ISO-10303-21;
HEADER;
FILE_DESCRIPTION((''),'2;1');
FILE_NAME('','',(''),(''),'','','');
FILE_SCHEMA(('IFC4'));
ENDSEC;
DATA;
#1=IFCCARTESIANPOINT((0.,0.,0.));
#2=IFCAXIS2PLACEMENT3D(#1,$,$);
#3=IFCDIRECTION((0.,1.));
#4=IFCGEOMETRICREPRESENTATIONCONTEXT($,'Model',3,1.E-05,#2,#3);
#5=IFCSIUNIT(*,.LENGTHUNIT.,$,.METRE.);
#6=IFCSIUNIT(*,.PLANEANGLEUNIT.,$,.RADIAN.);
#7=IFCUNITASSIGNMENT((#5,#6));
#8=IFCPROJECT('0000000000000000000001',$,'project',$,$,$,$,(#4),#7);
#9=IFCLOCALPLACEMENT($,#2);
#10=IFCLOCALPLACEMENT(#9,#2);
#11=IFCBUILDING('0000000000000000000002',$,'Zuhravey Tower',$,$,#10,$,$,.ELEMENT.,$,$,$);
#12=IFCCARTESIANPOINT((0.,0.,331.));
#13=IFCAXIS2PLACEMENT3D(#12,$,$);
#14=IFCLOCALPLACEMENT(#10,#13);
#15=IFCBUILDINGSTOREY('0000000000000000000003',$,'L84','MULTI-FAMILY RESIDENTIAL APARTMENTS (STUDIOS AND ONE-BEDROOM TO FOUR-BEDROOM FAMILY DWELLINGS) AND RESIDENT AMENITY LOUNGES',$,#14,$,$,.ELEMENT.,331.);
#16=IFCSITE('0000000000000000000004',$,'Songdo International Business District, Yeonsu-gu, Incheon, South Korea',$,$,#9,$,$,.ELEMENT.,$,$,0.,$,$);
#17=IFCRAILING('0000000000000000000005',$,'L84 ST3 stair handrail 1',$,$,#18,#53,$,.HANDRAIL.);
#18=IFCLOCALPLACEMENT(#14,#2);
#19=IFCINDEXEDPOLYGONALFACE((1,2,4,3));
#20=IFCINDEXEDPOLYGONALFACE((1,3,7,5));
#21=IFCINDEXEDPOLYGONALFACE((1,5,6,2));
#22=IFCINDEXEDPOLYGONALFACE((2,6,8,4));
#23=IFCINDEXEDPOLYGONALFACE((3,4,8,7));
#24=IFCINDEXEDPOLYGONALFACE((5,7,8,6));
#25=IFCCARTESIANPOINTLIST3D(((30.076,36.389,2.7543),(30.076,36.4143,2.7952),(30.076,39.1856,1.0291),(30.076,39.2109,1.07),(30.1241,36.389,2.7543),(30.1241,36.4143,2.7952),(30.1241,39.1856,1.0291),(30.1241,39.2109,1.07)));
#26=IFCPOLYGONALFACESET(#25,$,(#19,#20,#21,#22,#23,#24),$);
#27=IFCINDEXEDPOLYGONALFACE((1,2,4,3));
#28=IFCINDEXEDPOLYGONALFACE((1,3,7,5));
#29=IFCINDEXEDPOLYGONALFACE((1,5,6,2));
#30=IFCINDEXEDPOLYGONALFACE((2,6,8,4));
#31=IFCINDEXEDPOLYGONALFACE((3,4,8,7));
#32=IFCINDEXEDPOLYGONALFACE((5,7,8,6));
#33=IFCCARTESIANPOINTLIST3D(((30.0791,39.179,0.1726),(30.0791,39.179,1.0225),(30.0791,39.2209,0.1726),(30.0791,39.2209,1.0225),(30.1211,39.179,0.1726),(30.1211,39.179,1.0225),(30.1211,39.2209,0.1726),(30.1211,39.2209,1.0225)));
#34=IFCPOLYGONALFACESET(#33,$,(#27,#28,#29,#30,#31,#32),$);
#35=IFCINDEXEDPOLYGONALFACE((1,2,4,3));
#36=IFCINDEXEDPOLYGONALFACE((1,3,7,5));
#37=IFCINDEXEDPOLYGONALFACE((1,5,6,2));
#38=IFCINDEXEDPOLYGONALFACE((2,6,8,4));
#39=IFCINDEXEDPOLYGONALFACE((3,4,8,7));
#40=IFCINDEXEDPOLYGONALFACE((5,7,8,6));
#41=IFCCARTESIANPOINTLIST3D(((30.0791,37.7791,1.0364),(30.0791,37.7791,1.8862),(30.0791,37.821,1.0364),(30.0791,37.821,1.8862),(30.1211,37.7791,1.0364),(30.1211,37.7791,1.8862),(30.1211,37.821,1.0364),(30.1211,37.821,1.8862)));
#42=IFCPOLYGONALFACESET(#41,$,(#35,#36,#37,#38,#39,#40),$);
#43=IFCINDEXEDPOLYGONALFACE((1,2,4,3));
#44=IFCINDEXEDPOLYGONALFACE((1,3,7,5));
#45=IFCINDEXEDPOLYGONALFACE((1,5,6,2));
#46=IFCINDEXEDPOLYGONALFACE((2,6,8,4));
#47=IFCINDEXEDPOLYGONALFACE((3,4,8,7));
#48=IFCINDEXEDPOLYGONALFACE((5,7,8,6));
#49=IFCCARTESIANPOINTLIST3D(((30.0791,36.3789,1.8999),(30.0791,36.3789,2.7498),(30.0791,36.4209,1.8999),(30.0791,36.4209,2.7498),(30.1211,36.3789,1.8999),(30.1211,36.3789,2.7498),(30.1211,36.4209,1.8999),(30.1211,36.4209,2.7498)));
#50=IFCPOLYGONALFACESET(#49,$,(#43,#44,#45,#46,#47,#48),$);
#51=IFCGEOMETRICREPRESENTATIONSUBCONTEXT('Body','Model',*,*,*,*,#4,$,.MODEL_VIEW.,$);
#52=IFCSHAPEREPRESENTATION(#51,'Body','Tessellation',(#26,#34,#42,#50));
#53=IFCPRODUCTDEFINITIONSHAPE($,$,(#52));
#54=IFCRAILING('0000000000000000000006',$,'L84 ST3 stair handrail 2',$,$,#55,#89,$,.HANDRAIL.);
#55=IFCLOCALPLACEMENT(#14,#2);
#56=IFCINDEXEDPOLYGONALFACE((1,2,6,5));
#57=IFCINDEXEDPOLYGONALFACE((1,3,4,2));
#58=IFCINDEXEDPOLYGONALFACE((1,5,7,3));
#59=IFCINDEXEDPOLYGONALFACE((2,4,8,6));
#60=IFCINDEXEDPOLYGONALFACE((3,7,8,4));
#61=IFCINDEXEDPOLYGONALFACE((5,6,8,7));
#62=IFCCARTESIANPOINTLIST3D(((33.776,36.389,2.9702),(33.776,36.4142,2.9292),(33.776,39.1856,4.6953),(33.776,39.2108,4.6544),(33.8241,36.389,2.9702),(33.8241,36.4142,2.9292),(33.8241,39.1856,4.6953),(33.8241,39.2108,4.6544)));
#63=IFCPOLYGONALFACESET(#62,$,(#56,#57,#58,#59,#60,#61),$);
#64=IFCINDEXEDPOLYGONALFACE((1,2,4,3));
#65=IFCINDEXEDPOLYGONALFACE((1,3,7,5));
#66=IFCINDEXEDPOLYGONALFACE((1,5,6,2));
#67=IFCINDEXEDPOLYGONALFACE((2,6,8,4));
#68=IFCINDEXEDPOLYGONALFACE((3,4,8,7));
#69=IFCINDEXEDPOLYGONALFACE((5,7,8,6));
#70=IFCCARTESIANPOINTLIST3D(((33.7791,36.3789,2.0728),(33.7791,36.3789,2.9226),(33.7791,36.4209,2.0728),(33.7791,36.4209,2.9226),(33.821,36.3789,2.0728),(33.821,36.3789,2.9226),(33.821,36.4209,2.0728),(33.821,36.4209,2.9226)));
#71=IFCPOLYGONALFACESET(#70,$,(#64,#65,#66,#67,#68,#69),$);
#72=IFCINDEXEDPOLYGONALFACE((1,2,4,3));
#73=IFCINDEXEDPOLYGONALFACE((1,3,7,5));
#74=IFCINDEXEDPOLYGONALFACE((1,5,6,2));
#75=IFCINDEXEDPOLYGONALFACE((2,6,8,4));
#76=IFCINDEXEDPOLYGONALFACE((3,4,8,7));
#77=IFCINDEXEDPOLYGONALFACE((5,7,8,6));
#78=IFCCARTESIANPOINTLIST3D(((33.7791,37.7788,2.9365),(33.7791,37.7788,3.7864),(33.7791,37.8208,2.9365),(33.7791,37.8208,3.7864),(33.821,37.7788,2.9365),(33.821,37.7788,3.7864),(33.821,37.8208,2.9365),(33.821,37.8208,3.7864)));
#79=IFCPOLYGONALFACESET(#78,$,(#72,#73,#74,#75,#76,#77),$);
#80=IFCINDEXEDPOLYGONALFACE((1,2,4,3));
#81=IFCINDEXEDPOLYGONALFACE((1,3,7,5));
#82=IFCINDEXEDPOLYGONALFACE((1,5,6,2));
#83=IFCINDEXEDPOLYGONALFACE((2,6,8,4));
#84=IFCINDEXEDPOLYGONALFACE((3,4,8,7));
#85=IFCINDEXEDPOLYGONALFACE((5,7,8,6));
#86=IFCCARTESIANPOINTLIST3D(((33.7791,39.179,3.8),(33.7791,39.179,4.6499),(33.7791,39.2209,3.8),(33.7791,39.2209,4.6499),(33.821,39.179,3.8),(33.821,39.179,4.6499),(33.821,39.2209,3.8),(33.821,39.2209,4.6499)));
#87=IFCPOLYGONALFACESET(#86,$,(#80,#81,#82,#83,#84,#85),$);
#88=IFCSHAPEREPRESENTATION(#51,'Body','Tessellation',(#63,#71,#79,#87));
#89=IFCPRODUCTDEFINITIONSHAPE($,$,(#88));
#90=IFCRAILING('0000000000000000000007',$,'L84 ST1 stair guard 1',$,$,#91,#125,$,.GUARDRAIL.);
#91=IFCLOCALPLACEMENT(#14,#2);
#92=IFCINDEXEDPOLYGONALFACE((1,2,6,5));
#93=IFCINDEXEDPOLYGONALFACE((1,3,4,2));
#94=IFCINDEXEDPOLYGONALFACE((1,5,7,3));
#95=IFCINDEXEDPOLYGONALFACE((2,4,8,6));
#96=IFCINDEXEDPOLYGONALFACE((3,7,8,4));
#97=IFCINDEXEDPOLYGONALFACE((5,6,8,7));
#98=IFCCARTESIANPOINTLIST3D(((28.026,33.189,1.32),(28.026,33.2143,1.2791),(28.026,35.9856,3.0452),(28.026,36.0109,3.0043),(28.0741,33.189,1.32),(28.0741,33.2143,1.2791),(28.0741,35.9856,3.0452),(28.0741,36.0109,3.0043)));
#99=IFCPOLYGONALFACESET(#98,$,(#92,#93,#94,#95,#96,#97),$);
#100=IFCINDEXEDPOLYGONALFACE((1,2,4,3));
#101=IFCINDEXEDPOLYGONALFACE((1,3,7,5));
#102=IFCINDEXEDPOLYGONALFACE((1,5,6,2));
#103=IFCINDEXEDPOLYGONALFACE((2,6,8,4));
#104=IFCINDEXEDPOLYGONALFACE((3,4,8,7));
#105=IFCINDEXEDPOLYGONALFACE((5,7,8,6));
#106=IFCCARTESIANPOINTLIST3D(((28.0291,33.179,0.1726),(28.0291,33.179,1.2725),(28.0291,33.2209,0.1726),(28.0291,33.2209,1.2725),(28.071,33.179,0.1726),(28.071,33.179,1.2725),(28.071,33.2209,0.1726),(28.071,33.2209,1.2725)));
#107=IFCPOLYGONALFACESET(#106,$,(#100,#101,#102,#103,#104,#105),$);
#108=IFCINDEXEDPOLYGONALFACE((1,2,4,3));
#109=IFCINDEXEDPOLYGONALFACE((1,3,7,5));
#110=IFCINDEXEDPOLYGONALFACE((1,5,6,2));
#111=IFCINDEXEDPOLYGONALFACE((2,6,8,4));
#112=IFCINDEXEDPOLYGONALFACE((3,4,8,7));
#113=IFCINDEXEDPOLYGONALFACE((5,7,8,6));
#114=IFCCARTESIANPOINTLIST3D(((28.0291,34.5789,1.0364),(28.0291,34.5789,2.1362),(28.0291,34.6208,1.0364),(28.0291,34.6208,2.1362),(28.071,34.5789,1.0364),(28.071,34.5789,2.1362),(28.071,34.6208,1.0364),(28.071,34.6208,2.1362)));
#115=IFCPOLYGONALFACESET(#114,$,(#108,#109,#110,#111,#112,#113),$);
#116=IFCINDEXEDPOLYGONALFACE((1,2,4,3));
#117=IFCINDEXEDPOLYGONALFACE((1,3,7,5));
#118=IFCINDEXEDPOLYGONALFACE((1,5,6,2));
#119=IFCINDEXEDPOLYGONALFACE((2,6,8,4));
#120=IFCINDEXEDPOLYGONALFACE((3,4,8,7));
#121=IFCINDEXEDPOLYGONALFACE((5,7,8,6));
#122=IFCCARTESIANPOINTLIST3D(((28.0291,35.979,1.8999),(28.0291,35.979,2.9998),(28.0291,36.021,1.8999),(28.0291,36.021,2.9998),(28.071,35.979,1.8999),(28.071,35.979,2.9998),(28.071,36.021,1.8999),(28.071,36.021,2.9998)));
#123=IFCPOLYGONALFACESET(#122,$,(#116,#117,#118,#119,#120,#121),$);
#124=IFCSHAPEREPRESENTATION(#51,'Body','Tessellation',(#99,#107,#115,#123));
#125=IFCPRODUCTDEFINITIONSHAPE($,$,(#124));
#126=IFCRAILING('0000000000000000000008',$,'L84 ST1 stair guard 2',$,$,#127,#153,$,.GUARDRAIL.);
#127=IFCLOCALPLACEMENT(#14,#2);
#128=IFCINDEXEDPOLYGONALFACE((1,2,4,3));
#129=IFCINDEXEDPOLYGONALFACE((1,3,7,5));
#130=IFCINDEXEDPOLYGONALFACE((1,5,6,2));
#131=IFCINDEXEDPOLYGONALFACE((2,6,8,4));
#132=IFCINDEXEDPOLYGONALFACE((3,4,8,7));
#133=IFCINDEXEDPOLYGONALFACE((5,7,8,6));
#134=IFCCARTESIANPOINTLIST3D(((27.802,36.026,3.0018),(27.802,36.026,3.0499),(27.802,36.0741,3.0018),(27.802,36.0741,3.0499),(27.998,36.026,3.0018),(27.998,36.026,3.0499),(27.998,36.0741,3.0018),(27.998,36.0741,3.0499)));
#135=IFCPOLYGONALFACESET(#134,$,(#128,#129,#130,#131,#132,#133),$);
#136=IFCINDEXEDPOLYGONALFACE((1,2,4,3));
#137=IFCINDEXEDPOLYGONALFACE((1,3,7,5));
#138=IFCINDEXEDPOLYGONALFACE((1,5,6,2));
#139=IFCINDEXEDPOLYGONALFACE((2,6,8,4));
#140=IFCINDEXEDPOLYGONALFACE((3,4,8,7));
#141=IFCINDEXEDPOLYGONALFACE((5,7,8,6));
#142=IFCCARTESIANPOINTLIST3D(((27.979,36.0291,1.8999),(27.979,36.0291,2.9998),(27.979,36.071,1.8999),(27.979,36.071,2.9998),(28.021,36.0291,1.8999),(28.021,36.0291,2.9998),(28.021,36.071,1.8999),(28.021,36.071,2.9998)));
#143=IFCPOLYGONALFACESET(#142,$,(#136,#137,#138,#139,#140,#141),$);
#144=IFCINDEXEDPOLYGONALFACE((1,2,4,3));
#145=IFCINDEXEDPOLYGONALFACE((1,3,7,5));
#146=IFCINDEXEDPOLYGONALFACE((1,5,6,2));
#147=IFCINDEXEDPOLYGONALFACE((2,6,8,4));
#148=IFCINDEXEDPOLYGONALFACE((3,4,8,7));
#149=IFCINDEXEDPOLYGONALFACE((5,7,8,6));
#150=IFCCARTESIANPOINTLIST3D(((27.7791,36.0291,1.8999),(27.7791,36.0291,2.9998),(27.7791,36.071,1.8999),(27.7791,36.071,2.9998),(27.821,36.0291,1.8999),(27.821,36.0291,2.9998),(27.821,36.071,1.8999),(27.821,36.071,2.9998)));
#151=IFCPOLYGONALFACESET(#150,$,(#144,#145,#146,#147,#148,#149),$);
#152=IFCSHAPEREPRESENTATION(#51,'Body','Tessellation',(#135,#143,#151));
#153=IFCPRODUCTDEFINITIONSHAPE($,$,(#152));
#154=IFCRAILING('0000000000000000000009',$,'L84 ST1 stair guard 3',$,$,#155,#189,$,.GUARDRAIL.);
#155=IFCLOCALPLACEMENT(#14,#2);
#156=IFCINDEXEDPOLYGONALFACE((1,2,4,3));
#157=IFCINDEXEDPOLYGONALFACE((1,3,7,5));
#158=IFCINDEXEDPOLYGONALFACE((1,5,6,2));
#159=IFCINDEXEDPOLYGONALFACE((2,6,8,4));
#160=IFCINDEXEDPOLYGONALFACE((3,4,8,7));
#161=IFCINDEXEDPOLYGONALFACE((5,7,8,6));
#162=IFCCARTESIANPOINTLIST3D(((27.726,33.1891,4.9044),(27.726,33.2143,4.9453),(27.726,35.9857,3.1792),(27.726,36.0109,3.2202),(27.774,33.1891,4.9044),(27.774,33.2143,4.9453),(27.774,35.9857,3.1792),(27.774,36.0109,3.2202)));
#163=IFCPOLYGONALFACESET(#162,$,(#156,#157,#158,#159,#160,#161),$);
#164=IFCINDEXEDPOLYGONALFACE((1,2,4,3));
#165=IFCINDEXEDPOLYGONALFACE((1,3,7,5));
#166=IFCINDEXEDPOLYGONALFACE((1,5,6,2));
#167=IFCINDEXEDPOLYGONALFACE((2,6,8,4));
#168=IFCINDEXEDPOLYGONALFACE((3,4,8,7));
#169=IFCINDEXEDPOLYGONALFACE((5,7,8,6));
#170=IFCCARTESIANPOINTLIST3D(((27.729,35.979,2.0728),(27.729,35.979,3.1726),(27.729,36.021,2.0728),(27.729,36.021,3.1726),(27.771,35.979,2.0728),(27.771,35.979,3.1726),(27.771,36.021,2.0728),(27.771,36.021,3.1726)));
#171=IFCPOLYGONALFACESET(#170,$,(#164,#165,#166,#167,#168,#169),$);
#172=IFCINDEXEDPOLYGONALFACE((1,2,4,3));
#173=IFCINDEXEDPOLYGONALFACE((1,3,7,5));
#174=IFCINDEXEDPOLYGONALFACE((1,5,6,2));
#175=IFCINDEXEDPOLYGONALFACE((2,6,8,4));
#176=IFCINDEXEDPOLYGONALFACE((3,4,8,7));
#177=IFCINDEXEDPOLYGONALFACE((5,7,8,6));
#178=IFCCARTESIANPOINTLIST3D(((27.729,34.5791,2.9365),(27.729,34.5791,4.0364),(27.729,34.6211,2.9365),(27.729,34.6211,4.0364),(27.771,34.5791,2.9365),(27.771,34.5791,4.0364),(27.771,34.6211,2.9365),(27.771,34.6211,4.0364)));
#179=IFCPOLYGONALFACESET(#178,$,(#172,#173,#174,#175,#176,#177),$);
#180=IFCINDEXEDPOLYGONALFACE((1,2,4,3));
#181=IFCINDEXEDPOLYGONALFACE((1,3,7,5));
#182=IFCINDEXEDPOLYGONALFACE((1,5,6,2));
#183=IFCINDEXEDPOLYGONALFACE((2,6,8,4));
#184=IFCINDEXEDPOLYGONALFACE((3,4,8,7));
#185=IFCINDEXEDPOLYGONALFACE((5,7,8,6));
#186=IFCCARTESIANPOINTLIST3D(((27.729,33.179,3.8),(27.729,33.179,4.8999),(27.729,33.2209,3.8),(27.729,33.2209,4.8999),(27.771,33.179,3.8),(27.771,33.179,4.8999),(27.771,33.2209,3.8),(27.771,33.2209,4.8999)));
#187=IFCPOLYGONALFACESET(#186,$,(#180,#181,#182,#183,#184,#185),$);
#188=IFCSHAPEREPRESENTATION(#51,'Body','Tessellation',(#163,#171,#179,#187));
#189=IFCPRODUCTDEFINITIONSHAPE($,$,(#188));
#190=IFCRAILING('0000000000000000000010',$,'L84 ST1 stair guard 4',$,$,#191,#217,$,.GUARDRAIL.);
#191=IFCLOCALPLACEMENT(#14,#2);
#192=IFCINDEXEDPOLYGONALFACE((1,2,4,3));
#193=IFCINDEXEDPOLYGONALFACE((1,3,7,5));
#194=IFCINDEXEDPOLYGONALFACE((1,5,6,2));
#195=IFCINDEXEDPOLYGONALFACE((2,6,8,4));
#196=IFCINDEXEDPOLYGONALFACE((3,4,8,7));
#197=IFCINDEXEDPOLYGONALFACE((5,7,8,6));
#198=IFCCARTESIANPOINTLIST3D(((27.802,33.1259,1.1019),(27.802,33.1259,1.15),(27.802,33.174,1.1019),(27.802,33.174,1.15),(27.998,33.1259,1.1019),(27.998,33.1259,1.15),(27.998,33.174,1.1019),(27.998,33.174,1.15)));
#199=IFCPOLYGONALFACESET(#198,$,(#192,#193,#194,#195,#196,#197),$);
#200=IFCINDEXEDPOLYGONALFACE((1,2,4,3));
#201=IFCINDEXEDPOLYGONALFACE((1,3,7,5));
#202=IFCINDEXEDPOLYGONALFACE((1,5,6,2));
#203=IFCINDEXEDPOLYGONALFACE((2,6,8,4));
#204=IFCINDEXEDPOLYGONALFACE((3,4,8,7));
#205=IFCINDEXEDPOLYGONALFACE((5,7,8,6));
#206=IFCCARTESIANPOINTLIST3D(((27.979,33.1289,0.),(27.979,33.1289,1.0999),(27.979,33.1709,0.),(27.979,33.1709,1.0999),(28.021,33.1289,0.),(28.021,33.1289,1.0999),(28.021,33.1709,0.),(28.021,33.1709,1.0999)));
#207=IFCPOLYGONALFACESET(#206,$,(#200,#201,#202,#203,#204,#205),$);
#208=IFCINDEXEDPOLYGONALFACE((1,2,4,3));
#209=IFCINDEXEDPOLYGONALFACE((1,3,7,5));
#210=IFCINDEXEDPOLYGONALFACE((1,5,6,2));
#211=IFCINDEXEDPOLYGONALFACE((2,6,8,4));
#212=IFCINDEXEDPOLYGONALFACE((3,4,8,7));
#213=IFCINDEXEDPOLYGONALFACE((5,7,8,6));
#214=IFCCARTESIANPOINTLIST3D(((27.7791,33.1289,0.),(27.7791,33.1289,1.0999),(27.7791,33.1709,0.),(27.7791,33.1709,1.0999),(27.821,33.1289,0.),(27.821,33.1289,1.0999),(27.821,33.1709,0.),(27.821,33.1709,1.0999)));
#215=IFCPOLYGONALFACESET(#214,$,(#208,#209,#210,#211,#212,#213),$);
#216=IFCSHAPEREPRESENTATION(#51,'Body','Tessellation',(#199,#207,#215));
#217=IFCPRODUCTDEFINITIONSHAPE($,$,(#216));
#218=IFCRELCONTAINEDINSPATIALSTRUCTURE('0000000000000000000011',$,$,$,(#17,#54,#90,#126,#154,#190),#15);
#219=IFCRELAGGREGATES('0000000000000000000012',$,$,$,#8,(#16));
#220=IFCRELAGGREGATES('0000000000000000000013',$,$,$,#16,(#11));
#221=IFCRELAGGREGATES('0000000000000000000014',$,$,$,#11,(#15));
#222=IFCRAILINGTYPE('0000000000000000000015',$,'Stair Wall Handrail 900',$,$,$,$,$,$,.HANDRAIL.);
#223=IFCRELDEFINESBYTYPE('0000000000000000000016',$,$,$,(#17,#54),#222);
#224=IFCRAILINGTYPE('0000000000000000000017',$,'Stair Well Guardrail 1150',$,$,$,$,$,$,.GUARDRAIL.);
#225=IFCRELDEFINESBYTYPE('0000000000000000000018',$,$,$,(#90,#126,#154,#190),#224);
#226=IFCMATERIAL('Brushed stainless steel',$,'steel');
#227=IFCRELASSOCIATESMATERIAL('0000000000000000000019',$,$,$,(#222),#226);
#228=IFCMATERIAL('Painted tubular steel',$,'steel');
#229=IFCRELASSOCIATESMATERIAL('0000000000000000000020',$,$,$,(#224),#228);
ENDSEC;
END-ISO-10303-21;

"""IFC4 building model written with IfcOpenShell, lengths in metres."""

from ifc_helpers import new_model, si_unit, direction, frame, origin, origin_2d, place, context, subcontext, project, spatial, rectangle, extrude, material, type_object, element, save


model = new_model("IFC4")

# Units and contexts
model_context = context("Model", 3, precision=1e-05, world=origin(), true_north=direction((0.0, 1.0)))
body_context = subcontext(model_context, "Body", "Model", "MODEL_VIEW")
ifc_project = project(units=[si_unit("LENGTHUNIT", "METRE"), si_unit("PLANEANGLEUNIT", "RADIAN")], contexts=[model_context])

# Site, building, storey
site_placement = place(None, origin())
site = spatial("IfcSite", under=ifc_project, at=site_placement, Name="Songdo International Business District, Yeonsu-gu, Incheon, South Korea", CompositionType="ELEMENT", RefElevation=0.0)
building_placement = place(site_placement, origin())
building = spatial("IfcBuilding", under=site, at=building_placement, Name="Zuhravey Tower", CompositionType="ELEMENT")
storey_placement = place(building_placement, frame((0.0, 0.0, 331.0)))
storey = spatial("IfcBuildingStorey", under=building, at=storey_placement, Name="L84", Description="MULTI-FAMILY RESIDENTIAL APARTMENTS (STUDIOS AND ONE-BEDROOM TO FOUR-BEDROOM FAMILY DWELLINGS) AND RESIDENT AMENITY LOUNGES", CompositionType="ELEMENT", Elevation=331.0)

# Railings
ifc_material_1 = material(Name="Brushed stainless steel", Category="steel")
railing_type_1 = type_object("IfcRailingType", Name="Stair Wall Handrail 900", PredefinedType="HANDRAIL", material=ifc_material_1)
for number, where, name in (
    (1, (30.1001, 39.2, 0.1726), "L84 ST3 stair handrail 1"),
):
    element("IfcRailing", number, at=place(storey_placement, frame(where)), inside=storey, type_object=railing_type_1, Name=name, PredefinedType="HANDRAIL", context=body_context, shape_type="SweptSolid", body=[
        extrude(rectangle(XDim=0.0481, YDim=0.0481, at=origin_2d()), frame((0.0, -0.0017, 0.877), z_axis=(0.0, -0.85109, 0.52502), x_axis=(1.0, 0.0, 0.0)), (0.0, 0.0, 1.0), 3.2859),
        extrude(rectangle(XDim=0.042, YDim=0.042, at=origin_2d()), origin(), (0.0, 0.0, 1.0), 0.8499),
        extrude(rectangle(XDim=0.042, YDim=0.042, at=origin_2d()), frame((0.0, -1.3999, 0.8638)), (0.0, 0.0, 1.0), 0.8499),
        extrude(rectangle(XDim=0.042, YDim=0.042, at=origin_2d()), frame((0.0, -2.8, 1.7273)), (0.0, 0.0, 1.0), 0.8499),
    ])
railing_1_placement = place(storey_placement, frame((33.8, 36.3999, 2.0728)))
element("IfcRailing", 2, at=railing_1_placement, inside=storey, type_object=railing_type_1, Name="L84 ST3 stair handrail 2", PredefinedType="HANDRAIL", context=body_context, shape_type="SweptSolid", body=[
    extrude(rectangle(XDim=0.0481, YDim=0.0481, at=origin_2d()), frame((0.0, 0.0017, 0.877), z_axis=(0.0, 0.85109, 0.52502), x_axis=(-1.0, 0.0, 0.0)), (0.0, 0.0, 1.0), 3.2859),
    extrude(rectangle(XDim=0.042, YDim=0.042, at=origin_2d()), origin(), (0.0, 0.0, 1.0), 0.8499),
    extrude(rectangle(XDim=0.042, YDim=0.042, at=origin_2d()), frame((0.0, 1.3999, 0.8638)), (0.0, 0.0, 1.0), 0.8499),
    extrude(rectangle(XDim=0.042, YDim=0.042, at=origin_2d()), frame((0.0, 2.8, 1.7273)), (0.0, 0.0, 1.0), 0.8499),
])
ifc_material_2 = material(Name="Painted tubular steel", Category="steel")
railing_type_2 = type_object("IfcRailingType", Name="Stair Well Guardrail 1150", PredefinedType="GUARDRAIL", material=ifc_material_2)
railing_2_placement = place(storey_placement, frame((28.05, 33.2, 0.1726)))
element("IfcRailing", 3, at=railing_2_placement, inside=storey, type_object=railing_type_2, Name="L84 ST1 stair guard 1", PredefinedType="GUARDRAIL", context=body_context, shape_type="SweptSolid", body=[
    extrude(rectangle(XDim=0.0481, YDim=0.0481, at=origin_2d()), frame((0.0, 0.0017, 1.127), z_axis=(0.0, 0.85109, 0.52502), x_axis=(-1.0, 0.0, 0.0)), (0.0, 0.0, 1.0), 3.2859),
    extrude(rectangle(XDim=0.042, YDim=0.042, at=origin_2d()), origin(), (0.0, 0.0, 1.0), 1.0999),
    extrude(rectangle(XDim=0.042, YDim=0.042, at=origin_2d()), frame((0.0, 1.3999, 0.8638)), (0.0, 0.0, 1.0), 1.0999),
    extrude(rectangle(XDim=0.042, YDim=0.042, at=origin_2d()), frame((0.0, 2.8, 1.7273)), (0.0, 0.0, 1.0), 1.0999),
])
railing_3_placement = place(storey_placement, frame((28.0, 36.05, 1.8999)))
element("IfcRailing", 4, at=railing_3_placement, inside=storey, type_object=railing_type_2, Name="L84 ST1 stair guard 2", PredefinedType="GUARDRAIL", context=body_context, shape_type="SweptSolid", body=[
    extrude(rectangle(XDim=0.0481, YDim=0.0481, at=origin_2d()), frame((-0.002, 0.0, 1.126), z_axis=(-1.0, 0.0, 0.0), x_axis=(0.0, -1.0, 0.0)), (0.0, 0.0, 1.0), 0.196),
    extrude(rectangle(XDim=0.042, YDim=0.042, at=origin_2d()), origin(), (0.0, 0.0, 1.0), 1.0999),
    extrude(rectangle(XDim=0.042, YDim=0.042, at=origin_2d()), frame((-0.2, 0.0, 0.0)), (0.0, 0.0, 1.0), 1.0999),
])
railing_4_placement = place(storey_placement, frame((27.75, 36.0, 2.0728)))
element("IfcRailing", 5, at=railing_4_placement, inside=storey, type_object=railing_type_2, Name="L84 ST1 stair guard 3", PredefinedType="GUARDRAIL", context=body_context, shape_type="SweptSolid", body=[
    extrude(rectangle(XDim=0.0481, YDim=0.0481, at=origin_2d()), frame((0.0, -0.0017, 1.127), z_axis=(0.0, -0.85109, 0.52502), x_axis=(1.0, 0.0, 0.0)), (0.0, 0.0, 1.0), 3.2859),
    extrude(rectangle(XDim=0.042, YDim=0.042, at=origin_2d()), origin(), (0.0, 0.0, 1.0), 1.0999),
    extrude(rectangle(XDim=0.042, YDim=0.042, at=origin_2d()), frame((0.0, -1.3999, 0.8638)), (0.0, 0.0, 1.0), 1.0999),
    extrude(rectangle(XDim=0.042, YDim=0.042, at=origin_2d()), frame((0.0, -2.8, 1.7273)), (0.0, 0.0, 1.0), 1.0999),
])
railing_5_placement = place(storey_placement, frame((28.0, 33.1499, 0.0)))
element("IfcRailing", 6, at=railing_5_placement, inside=storey, type_object=railing_type_2, Name="L84 ST1 stair guard 4", PredefinedType="GUARDRAIL", context=body_context, shape_type="SweptSolid", body=[
    extrude(rectangle(XDim=0.0481, YDim=0.0481, at=origin_2d()), frame((-0.002, 0.0, 1.126), z_axis=(-1.0, 0.0, 0.0), x_axis=(0.0, -1.0, 0.0)), (0.0, 0.0, 1.0), 0.196),
    extrude(rectangle(XDim=0.042, YDim=0.042, at=origin_2d()), origin(), (0.0, 0.0, 1.0), 1.0999),
    extrude(rectangle(XDim=0.042, YDim=0.042, at=origin_2d()), frame((-0.2, 0.0, 0.0)), (0.0, 0.0, 1.0), 1.0999),
])

save(model, "model.ifc")
